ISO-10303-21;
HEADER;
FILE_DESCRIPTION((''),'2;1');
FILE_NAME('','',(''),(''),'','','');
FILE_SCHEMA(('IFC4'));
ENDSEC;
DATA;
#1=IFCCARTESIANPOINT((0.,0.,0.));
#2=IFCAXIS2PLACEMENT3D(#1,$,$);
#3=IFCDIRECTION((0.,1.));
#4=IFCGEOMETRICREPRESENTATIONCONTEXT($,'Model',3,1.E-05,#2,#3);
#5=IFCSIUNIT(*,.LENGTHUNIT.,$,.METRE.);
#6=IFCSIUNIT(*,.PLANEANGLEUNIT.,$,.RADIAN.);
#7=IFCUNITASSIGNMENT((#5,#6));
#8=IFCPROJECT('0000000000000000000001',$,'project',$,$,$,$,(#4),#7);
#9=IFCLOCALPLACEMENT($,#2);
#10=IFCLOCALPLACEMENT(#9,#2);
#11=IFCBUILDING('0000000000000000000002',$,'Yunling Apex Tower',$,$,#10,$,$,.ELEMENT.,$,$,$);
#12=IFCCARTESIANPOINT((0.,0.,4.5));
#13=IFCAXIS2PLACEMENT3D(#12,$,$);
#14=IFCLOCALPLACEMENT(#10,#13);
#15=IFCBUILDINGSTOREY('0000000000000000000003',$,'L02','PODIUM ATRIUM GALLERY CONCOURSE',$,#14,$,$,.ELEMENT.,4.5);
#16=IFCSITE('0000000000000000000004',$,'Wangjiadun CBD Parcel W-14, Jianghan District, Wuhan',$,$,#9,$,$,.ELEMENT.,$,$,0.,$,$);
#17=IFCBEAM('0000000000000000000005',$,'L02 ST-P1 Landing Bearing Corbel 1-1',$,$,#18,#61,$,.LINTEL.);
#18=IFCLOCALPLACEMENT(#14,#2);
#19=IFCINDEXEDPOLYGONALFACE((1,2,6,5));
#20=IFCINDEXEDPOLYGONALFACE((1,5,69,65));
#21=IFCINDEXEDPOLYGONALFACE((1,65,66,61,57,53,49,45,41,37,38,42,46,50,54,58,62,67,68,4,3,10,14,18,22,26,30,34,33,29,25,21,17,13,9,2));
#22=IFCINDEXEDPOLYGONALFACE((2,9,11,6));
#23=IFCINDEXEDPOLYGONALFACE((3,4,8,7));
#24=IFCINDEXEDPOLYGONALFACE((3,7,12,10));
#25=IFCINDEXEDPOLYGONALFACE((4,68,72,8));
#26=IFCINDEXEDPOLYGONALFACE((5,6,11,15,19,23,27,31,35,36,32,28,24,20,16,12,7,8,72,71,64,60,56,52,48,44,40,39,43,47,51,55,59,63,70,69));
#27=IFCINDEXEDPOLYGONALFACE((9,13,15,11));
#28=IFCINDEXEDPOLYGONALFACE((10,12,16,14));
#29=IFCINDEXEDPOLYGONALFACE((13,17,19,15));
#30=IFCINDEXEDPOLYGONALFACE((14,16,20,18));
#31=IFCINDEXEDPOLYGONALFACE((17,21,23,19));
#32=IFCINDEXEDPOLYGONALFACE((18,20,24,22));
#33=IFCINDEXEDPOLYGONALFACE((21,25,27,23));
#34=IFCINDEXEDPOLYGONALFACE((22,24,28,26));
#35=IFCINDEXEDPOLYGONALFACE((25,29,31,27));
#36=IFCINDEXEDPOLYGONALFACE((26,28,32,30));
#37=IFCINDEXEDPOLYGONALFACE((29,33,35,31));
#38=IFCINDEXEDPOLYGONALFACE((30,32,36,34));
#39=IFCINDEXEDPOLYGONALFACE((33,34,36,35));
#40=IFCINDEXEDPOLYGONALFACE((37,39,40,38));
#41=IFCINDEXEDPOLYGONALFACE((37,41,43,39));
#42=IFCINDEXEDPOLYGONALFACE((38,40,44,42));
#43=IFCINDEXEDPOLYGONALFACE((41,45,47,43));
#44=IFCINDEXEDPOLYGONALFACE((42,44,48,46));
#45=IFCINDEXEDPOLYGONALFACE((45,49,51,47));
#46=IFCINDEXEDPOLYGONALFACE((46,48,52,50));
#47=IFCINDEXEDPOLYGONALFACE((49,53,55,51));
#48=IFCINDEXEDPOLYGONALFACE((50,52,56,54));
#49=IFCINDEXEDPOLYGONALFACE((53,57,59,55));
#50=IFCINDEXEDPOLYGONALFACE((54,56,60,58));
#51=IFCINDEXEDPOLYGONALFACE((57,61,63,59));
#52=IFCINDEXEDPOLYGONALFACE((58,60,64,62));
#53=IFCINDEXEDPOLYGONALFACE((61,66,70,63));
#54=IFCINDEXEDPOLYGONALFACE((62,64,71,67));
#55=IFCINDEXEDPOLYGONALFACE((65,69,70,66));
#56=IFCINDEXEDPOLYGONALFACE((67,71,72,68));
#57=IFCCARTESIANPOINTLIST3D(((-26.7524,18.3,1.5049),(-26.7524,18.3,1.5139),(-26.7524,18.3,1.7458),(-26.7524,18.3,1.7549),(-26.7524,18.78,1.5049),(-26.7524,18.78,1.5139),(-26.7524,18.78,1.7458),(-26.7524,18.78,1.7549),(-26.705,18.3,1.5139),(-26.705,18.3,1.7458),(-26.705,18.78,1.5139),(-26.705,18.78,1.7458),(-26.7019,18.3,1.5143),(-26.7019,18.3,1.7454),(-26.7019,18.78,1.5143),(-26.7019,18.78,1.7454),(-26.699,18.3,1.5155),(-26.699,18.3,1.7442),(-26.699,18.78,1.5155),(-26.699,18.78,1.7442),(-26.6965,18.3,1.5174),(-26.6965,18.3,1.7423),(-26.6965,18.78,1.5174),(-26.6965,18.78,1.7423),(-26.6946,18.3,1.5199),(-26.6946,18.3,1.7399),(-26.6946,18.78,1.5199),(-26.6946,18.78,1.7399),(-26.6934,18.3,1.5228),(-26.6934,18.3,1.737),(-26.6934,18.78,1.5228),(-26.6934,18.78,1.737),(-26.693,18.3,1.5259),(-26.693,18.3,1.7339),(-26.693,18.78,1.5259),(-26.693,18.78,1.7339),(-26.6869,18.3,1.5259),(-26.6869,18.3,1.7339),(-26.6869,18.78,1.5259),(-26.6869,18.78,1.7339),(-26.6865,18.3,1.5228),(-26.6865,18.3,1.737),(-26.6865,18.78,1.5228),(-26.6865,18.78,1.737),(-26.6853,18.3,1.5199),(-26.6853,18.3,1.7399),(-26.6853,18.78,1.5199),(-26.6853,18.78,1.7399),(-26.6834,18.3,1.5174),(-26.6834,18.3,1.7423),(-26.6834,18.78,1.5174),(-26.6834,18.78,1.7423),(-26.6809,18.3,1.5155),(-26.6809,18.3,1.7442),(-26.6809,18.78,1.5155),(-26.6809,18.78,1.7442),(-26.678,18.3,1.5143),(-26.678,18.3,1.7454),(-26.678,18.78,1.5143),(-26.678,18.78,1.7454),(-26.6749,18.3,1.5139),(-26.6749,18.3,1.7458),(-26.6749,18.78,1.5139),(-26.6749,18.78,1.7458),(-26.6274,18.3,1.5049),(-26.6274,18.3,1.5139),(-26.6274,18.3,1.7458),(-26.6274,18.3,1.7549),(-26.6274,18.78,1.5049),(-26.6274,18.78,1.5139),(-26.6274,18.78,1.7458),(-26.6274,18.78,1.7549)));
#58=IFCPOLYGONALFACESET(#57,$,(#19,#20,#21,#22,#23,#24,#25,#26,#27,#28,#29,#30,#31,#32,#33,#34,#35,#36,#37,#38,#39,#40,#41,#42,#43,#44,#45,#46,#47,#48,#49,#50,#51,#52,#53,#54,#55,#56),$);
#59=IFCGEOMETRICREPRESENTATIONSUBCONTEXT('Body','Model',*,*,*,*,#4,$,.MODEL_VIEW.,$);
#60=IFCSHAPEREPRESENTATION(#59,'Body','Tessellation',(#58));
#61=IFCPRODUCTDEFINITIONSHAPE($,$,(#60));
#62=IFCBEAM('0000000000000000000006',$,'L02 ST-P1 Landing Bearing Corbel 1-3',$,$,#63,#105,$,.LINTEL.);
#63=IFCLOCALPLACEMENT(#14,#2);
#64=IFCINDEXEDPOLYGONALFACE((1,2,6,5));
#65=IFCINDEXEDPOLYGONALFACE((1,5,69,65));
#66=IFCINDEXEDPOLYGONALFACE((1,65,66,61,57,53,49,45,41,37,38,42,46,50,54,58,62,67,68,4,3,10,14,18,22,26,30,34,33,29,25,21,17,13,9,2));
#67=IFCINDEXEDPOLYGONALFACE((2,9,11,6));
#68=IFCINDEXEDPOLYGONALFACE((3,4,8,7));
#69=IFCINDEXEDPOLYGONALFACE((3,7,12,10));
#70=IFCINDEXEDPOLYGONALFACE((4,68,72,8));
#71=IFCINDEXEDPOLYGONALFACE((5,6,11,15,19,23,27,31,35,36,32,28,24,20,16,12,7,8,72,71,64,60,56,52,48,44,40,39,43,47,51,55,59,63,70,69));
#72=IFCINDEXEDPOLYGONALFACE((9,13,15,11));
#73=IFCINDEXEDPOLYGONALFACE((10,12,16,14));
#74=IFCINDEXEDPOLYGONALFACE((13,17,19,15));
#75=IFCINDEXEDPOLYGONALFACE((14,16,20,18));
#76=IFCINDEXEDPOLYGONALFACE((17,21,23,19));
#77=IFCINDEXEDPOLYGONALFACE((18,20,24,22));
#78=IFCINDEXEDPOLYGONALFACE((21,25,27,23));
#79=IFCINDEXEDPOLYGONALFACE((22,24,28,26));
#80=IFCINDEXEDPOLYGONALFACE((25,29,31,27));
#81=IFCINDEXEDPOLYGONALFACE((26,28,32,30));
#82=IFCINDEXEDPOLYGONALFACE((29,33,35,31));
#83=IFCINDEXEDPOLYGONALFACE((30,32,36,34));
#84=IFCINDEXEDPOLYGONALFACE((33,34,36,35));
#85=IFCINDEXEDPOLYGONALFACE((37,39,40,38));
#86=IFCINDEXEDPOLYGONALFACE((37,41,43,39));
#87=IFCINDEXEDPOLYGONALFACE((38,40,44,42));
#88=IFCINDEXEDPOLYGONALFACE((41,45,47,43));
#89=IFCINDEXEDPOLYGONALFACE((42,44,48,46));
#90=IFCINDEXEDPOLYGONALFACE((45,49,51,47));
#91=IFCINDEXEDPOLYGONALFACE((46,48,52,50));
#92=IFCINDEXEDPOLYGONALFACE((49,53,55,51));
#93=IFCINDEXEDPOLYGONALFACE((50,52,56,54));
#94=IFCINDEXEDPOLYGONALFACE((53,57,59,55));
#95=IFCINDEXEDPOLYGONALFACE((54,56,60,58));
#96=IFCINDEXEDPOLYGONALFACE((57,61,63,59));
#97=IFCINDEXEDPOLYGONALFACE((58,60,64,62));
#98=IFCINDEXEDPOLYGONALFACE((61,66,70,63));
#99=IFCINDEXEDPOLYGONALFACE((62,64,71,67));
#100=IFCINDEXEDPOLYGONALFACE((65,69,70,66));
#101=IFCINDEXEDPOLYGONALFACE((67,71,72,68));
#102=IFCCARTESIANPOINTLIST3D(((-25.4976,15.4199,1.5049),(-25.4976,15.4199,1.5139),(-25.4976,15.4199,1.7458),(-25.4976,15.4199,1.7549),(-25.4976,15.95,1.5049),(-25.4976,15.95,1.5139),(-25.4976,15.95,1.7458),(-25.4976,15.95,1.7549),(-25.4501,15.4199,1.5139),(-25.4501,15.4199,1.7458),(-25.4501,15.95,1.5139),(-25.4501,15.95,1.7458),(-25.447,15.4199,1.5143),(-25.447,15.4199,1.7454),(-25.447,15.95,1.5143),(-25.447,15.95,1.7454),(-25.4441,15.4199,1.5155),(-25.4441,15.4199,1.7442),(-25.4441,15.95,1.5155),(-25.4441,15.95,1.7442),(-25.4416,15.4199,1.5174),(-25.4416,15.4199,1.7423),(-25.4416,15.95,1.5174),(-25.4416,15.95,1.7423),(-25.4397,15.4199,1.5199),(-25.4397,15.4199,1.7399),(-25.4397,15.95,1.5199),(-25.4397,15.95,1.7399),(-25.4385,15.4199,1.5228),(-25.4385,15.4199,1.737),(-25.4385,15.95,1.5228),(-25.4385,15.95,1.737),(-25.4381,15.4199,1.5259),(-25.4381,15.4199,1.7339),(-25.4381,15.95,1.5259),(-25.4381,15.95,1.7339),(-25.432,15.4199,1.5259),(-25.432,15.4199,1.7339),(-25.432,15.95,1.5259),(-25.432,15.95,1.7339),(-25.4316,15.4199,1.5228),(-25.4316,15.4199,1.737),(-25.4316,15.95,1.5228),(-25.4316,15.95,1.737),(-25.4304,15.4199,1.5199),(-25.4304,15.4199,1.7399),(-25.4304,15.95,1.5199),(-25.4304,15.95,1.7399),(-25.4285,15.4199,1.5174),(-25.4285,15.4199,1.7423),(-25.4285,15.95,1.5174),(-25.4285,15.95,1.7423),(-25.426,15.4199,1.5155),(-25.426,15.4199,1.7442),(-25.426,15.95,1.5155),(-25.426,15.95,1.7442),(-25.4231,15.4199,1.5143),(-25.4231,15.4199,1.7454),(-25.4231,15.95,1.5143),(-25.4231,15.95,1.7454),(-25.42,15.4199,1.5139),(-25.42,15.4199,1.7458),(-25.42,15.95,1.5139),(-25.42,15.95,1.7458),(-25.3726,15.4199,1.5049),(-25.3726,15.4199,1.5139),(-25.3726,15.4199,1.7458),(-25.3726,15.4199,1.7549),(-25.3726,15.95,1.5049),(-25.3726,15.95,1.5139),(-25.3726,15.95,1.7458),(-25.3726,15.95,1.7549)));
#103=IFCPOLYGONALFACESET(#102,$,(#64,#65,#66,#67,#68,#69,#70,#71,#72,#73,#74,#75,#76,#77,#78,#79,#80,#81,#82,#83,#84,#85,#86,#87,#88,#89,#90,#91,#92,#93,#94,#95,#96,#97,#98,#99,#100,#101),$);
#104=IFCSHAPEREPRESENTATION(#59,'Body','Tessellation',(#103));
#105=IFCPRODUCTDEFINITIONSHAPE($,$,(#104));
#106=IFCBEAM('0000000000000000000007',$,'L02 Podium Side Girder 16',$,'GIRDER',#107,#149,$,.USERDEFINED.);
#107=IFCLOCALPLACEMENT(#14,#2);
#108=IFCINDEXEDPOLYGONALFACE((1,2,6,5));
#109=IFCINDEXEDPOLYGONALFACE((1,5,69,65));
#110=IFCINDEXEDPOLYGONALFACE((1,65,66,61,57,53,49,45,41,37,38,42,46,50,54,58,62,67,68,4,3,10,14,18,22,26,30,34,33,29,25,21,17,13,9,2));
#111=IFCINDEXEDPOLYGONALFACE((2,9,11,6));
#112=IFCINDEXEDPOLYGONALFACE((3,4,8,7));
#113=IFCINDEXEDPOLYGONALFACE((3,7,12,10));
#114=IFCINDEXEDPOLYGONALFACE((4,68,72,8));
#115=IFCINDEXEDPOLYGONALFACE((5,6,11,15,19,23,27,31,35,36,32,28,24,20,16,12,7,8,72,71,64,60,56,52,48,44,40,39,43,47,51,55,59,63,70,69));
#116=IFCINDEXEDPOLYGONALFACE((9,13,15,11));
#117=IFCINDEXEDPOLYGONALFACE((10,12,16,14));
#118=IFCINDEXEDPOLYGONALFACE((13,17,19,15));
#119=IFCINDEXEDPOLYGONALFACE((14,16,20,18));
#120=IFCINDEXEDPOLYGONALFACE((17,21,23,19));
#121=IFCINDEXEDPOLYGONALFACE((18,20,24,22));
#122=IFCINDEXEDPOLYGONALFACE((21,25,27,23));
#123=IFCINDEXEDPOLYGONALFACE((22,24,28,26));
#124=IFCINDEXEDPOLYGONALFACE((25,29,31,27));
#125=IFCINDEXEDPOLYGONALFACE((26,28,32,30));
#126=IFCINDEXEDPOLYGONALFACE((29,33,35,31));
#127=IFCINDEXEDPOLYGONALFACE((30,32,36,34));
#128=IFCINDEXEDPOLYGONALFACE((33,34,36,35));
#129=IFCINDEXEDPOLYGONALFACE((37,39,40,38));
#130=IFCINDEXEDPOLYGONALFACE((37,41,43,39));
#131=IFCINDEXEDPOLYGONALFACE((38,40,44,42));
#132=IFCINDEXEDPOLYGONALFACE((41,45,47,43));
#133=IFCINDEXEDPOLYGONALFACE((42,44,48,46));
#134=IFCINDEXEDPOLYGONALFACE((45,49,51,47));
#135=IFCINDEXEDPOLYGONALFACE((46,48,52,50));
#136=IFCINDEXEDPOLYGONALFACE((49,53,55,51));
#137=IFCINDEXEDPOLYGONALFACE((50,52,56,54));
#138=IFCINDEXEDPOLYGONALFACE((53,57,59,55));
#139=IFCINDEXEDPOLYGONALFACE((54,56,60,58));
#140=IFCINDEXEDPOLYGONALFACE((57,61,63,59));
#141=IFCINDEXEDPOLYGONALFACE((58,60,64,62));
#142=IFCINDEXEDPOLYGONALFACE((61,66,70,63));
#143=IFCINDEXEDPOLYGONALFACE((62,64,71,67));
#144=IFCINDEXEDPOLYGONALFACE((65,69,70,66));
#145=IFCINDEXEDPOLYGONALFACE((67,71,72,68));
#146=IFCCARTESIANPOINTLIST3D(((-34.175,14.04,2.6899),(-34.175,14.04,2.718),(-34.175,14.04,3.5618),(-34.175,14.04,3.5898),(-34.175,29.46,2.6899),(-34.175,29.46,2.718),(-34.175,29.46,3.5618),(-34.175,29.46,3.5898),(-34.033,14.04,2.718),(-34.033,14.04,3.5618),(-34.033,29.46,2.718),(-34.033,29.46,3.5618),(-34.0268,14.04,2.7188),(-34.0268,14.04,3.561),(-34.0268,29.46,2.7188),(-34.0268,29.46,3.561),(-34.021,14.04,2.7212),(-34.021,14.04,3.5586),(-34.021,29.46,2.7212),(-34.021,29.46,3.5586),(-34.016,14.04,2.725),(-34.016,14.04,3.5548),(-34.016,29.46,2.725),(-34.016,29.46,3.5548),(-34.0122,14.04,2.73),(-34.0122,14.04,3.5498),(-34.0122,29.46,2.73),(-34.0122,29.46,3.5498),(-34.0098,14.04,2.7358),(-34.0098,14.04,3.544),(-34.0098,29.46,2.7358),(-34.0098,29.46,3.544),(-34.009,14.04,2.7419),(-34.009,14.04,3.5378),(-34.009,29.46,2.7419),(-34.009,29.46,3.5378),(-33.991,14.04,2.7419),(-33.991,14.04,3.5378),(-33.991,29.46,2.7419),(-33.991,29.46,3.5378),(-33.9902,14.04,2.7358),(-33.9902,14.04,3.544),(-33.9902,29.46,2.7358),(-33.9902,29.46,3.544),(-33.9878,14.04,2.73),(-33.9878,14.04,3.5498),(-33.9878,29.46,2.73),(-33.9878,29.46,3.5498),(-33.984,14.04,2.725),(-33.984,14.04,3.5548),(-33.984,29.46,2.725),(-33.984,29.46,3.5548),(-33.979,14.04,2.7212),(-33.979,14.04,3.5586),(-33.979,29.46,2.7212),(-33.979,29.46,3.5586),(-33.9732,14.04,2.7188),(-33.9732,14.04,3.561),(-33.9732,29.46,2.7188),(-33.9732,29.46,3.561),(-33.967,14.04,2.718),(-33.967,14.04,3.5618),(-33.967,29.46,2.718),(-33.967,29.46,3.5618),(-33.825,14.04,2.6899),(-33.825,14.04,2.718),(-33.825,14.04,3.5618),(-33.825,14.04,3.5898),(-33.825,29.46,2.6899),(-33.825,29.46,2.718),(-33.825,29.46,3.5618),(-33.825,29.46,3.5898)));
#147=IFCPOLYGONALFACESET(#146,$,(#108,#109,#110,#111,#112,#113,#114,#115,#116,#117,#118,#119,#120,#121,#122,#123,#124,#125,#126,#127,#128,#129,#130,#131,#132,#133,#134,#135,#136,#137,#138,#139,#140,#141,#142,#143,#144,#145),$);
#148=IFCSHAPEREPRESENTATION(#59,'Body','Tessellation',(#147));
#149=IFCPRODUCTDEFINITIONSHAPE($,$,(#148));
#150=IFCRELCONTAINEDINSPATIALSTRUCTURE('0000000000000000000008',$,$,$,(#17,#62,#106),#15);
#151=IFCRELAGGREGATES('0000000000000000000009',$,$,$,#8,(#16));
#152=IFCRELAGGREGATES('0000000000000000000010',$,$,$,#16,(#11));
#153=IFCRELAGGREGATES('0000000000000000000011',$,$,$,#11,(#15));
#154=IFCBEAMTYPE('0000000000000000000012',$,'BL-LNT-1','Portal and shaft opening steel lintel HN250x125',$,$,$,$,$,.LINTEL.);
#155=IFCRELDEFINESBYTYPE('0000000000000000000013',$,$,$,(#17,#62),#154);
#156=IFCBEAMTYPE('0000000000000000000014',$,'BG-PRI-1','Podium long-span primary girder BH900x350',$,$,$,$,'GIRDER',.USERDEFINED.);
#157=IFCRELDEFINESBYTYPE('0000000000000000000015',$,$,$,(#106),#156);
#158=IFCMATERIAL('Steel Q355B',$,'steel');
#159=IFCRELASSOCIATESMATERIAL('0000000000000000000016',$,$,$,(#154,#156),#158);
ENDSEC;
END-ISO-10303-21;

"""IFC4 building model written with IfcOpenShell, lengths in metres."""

from ifc_helpers import new_model, si_unit, direction, frame, origin, origin_2d, place, context, subcontext, project, spatial, i_section, extrude, source, transform, mapped, material, material_profile, profile_set, type_object, element, save


model = new_model("IFC4")

# Units and contexts
model_context = context("Model", 3, precision=1e-05, world=origin(), true_north=direction((0.0, 1.0)))
body_context = subcontext(model_context, "Body", "Model", "MODEL_VIEW")
ifc_project = project(units=[si_unit("LENGTHUNIT", "METRE"), si_unit("PLANEANGLEUNIT", "RADIAN")], contexts=[model_context])

# Site, building, storey
site_placement = place(None, origin())
site = spatial("IfcSite", under=ifc_project, at=site_placement, Name="Wangjiadun CBD Parcel W-14, Jianghan District, Wuhan", CompositionType="ELEMENT", RefElevation=0.0)
building_placement = place(site_placement, origin())
building = spatial("IfcBuilding", under=site, at=building_placement, Name="Yunling Apex Tower", CompositionType="ELEMENT")
storey_placement = place(building_placement, frame((0.0, 0.0, 4.5)))
storey = spatial("IfcBuildingStorey", under=building, at=storey_placement, Name="L02", Description="PODIUM ATRIUM GALLERY CONCOURSE", CompositionType="ELEMENT", Elevation=4.5)

# Beams
ifc_material_1 = material(Name="Steel Q355B", Category="steel")
ifc_material_profile_1 = material_profile(ifc_material_1, i_section(OverallWidth=0.125, OverallDepth=0.25, WebThickness=0.0061, FlangeThickness=0.009, FilletRadius=0.012, at=origin_2d()))
ifc_profile_set_1 = profile_set([ifc_material_profile_1], Name="Steel Q355B")
beam_type_1 = type_object("IfcBeamType", Name="BL-LNT-1", Description="Portal and shaft opening steel lintel HN250x125", PredefinedType="LINTEL", material=ifc_profile_set_1)
shared_shape_1 = source(origin(), body_context, "Body", "SweptSolid", [
    extrude(i_section(OverallWidth=0.125, OverallDepth=0.25, WebThickness=0.0061, FlangeThickness=0.009, FilletRadius=0.012, at=origin_2d()), origin(), (0.0, 0.0, 1.0), 0.48),
])
beam_1_placement = place(storey_placement, frame((-26.6899, 18.78, 1.6299), z_axis=(0.0, -1.0, 0.0), x_axis=(1.0, 0.0, 0.0)))
element("IfcBeam", 1, at=beam_1_placement, inside=storey, type_object=beam_type_1, Name="L02 ST-P1 Landing Bearing Corbel 1-1", PredefinedType="LINTEL", context=body_context, shape_type="MappedRepresentation", body=[
    mapped(shared_shape_1, transform((0.0, 0.0, 0.0), scale=1.0)),
])
shared_shape_2 = source(origin(), body_context, "Body", "SweptSolid", [
    extrude(i_section(OverallWidth=0.125, OverallDepth=0.25, WebThickness=0.0061, FlangeThickness=0.009, FilletRadius=0.012, at=origin_2d()), origin(), (0.0, 0.0, 1.0), 0.53),
])
beam_2_placement = place(storey_placement, frame((-25.4351, 15.4199, 1.6299), z_axis=(0.0, 1.0, 0.0), x_axis=(-1.0, 0.0, 0.0)))
element("IfcBeam", 2, at=beam_2_placement, inside=storey, type_object=beam_type_1, Name="L02 ST-P1 Landing Bearing Corbel 1-3", PredefinedType="LINTEL", context=body_context, shape_type="MappedRepresentation", body=[
    mapped(shared_shape_2, transform((0.0, 0.0, 0.0), scale=1.0)),
])
ifc_material_profile_2 = material_profile(ifc_material_1, i_section(OverallWidth=0.3501, OverallDepth=0.8999, WebThickness=0.0181, FlangeThickness=0.0281, FilletRadius=0.0239, at=origin_2d()))
ifc_profile_set_2 = profile_set([ifc_material_profile_2], Name="Steel Q355B")
beam_type_2 = type_object("IfcBeamType", Name="BG-PRI-1", Description="Podium long-span primary girder BH900x350", ElementType="GIRDER", PredefinedType="USERDEFINED", material=ifc_profile_set_2)
shared_shape_3 = source(origin(), body_context, "Body", "SweptSolid", [
    extrude(i_section(OverallWidth=0.3501, OverallDepth=0.8999, WebThickness=0.0181, FlangeThickness=0.0281, FilletRadius=0.0239, at=origin_2d()), origin(), (0.0, 0.0, 1.0), 15.4199),
])
beam_3_placement = place(storey_placement, frame((-34.0, 14.04, 3.1399), z_axis=(0.0, 1.0, 0.0), x_axis=(-1.0, 0.0, 0.0)))
element("IfcBeam", 3, at=beam_3_placement, inside=storey, type_object=beam_type_2, Name="L02 Podium Side Girder 16", ObjectType="GIRDER", PredefinedType="USERDEFINED", context=body_context, shape_type="MappedRepresentation", body=[
    mapped(shared_shape_3, transform((0.0, 0.0, 0.0), scale=1.0)),
])

save(model, "model.ifc")
